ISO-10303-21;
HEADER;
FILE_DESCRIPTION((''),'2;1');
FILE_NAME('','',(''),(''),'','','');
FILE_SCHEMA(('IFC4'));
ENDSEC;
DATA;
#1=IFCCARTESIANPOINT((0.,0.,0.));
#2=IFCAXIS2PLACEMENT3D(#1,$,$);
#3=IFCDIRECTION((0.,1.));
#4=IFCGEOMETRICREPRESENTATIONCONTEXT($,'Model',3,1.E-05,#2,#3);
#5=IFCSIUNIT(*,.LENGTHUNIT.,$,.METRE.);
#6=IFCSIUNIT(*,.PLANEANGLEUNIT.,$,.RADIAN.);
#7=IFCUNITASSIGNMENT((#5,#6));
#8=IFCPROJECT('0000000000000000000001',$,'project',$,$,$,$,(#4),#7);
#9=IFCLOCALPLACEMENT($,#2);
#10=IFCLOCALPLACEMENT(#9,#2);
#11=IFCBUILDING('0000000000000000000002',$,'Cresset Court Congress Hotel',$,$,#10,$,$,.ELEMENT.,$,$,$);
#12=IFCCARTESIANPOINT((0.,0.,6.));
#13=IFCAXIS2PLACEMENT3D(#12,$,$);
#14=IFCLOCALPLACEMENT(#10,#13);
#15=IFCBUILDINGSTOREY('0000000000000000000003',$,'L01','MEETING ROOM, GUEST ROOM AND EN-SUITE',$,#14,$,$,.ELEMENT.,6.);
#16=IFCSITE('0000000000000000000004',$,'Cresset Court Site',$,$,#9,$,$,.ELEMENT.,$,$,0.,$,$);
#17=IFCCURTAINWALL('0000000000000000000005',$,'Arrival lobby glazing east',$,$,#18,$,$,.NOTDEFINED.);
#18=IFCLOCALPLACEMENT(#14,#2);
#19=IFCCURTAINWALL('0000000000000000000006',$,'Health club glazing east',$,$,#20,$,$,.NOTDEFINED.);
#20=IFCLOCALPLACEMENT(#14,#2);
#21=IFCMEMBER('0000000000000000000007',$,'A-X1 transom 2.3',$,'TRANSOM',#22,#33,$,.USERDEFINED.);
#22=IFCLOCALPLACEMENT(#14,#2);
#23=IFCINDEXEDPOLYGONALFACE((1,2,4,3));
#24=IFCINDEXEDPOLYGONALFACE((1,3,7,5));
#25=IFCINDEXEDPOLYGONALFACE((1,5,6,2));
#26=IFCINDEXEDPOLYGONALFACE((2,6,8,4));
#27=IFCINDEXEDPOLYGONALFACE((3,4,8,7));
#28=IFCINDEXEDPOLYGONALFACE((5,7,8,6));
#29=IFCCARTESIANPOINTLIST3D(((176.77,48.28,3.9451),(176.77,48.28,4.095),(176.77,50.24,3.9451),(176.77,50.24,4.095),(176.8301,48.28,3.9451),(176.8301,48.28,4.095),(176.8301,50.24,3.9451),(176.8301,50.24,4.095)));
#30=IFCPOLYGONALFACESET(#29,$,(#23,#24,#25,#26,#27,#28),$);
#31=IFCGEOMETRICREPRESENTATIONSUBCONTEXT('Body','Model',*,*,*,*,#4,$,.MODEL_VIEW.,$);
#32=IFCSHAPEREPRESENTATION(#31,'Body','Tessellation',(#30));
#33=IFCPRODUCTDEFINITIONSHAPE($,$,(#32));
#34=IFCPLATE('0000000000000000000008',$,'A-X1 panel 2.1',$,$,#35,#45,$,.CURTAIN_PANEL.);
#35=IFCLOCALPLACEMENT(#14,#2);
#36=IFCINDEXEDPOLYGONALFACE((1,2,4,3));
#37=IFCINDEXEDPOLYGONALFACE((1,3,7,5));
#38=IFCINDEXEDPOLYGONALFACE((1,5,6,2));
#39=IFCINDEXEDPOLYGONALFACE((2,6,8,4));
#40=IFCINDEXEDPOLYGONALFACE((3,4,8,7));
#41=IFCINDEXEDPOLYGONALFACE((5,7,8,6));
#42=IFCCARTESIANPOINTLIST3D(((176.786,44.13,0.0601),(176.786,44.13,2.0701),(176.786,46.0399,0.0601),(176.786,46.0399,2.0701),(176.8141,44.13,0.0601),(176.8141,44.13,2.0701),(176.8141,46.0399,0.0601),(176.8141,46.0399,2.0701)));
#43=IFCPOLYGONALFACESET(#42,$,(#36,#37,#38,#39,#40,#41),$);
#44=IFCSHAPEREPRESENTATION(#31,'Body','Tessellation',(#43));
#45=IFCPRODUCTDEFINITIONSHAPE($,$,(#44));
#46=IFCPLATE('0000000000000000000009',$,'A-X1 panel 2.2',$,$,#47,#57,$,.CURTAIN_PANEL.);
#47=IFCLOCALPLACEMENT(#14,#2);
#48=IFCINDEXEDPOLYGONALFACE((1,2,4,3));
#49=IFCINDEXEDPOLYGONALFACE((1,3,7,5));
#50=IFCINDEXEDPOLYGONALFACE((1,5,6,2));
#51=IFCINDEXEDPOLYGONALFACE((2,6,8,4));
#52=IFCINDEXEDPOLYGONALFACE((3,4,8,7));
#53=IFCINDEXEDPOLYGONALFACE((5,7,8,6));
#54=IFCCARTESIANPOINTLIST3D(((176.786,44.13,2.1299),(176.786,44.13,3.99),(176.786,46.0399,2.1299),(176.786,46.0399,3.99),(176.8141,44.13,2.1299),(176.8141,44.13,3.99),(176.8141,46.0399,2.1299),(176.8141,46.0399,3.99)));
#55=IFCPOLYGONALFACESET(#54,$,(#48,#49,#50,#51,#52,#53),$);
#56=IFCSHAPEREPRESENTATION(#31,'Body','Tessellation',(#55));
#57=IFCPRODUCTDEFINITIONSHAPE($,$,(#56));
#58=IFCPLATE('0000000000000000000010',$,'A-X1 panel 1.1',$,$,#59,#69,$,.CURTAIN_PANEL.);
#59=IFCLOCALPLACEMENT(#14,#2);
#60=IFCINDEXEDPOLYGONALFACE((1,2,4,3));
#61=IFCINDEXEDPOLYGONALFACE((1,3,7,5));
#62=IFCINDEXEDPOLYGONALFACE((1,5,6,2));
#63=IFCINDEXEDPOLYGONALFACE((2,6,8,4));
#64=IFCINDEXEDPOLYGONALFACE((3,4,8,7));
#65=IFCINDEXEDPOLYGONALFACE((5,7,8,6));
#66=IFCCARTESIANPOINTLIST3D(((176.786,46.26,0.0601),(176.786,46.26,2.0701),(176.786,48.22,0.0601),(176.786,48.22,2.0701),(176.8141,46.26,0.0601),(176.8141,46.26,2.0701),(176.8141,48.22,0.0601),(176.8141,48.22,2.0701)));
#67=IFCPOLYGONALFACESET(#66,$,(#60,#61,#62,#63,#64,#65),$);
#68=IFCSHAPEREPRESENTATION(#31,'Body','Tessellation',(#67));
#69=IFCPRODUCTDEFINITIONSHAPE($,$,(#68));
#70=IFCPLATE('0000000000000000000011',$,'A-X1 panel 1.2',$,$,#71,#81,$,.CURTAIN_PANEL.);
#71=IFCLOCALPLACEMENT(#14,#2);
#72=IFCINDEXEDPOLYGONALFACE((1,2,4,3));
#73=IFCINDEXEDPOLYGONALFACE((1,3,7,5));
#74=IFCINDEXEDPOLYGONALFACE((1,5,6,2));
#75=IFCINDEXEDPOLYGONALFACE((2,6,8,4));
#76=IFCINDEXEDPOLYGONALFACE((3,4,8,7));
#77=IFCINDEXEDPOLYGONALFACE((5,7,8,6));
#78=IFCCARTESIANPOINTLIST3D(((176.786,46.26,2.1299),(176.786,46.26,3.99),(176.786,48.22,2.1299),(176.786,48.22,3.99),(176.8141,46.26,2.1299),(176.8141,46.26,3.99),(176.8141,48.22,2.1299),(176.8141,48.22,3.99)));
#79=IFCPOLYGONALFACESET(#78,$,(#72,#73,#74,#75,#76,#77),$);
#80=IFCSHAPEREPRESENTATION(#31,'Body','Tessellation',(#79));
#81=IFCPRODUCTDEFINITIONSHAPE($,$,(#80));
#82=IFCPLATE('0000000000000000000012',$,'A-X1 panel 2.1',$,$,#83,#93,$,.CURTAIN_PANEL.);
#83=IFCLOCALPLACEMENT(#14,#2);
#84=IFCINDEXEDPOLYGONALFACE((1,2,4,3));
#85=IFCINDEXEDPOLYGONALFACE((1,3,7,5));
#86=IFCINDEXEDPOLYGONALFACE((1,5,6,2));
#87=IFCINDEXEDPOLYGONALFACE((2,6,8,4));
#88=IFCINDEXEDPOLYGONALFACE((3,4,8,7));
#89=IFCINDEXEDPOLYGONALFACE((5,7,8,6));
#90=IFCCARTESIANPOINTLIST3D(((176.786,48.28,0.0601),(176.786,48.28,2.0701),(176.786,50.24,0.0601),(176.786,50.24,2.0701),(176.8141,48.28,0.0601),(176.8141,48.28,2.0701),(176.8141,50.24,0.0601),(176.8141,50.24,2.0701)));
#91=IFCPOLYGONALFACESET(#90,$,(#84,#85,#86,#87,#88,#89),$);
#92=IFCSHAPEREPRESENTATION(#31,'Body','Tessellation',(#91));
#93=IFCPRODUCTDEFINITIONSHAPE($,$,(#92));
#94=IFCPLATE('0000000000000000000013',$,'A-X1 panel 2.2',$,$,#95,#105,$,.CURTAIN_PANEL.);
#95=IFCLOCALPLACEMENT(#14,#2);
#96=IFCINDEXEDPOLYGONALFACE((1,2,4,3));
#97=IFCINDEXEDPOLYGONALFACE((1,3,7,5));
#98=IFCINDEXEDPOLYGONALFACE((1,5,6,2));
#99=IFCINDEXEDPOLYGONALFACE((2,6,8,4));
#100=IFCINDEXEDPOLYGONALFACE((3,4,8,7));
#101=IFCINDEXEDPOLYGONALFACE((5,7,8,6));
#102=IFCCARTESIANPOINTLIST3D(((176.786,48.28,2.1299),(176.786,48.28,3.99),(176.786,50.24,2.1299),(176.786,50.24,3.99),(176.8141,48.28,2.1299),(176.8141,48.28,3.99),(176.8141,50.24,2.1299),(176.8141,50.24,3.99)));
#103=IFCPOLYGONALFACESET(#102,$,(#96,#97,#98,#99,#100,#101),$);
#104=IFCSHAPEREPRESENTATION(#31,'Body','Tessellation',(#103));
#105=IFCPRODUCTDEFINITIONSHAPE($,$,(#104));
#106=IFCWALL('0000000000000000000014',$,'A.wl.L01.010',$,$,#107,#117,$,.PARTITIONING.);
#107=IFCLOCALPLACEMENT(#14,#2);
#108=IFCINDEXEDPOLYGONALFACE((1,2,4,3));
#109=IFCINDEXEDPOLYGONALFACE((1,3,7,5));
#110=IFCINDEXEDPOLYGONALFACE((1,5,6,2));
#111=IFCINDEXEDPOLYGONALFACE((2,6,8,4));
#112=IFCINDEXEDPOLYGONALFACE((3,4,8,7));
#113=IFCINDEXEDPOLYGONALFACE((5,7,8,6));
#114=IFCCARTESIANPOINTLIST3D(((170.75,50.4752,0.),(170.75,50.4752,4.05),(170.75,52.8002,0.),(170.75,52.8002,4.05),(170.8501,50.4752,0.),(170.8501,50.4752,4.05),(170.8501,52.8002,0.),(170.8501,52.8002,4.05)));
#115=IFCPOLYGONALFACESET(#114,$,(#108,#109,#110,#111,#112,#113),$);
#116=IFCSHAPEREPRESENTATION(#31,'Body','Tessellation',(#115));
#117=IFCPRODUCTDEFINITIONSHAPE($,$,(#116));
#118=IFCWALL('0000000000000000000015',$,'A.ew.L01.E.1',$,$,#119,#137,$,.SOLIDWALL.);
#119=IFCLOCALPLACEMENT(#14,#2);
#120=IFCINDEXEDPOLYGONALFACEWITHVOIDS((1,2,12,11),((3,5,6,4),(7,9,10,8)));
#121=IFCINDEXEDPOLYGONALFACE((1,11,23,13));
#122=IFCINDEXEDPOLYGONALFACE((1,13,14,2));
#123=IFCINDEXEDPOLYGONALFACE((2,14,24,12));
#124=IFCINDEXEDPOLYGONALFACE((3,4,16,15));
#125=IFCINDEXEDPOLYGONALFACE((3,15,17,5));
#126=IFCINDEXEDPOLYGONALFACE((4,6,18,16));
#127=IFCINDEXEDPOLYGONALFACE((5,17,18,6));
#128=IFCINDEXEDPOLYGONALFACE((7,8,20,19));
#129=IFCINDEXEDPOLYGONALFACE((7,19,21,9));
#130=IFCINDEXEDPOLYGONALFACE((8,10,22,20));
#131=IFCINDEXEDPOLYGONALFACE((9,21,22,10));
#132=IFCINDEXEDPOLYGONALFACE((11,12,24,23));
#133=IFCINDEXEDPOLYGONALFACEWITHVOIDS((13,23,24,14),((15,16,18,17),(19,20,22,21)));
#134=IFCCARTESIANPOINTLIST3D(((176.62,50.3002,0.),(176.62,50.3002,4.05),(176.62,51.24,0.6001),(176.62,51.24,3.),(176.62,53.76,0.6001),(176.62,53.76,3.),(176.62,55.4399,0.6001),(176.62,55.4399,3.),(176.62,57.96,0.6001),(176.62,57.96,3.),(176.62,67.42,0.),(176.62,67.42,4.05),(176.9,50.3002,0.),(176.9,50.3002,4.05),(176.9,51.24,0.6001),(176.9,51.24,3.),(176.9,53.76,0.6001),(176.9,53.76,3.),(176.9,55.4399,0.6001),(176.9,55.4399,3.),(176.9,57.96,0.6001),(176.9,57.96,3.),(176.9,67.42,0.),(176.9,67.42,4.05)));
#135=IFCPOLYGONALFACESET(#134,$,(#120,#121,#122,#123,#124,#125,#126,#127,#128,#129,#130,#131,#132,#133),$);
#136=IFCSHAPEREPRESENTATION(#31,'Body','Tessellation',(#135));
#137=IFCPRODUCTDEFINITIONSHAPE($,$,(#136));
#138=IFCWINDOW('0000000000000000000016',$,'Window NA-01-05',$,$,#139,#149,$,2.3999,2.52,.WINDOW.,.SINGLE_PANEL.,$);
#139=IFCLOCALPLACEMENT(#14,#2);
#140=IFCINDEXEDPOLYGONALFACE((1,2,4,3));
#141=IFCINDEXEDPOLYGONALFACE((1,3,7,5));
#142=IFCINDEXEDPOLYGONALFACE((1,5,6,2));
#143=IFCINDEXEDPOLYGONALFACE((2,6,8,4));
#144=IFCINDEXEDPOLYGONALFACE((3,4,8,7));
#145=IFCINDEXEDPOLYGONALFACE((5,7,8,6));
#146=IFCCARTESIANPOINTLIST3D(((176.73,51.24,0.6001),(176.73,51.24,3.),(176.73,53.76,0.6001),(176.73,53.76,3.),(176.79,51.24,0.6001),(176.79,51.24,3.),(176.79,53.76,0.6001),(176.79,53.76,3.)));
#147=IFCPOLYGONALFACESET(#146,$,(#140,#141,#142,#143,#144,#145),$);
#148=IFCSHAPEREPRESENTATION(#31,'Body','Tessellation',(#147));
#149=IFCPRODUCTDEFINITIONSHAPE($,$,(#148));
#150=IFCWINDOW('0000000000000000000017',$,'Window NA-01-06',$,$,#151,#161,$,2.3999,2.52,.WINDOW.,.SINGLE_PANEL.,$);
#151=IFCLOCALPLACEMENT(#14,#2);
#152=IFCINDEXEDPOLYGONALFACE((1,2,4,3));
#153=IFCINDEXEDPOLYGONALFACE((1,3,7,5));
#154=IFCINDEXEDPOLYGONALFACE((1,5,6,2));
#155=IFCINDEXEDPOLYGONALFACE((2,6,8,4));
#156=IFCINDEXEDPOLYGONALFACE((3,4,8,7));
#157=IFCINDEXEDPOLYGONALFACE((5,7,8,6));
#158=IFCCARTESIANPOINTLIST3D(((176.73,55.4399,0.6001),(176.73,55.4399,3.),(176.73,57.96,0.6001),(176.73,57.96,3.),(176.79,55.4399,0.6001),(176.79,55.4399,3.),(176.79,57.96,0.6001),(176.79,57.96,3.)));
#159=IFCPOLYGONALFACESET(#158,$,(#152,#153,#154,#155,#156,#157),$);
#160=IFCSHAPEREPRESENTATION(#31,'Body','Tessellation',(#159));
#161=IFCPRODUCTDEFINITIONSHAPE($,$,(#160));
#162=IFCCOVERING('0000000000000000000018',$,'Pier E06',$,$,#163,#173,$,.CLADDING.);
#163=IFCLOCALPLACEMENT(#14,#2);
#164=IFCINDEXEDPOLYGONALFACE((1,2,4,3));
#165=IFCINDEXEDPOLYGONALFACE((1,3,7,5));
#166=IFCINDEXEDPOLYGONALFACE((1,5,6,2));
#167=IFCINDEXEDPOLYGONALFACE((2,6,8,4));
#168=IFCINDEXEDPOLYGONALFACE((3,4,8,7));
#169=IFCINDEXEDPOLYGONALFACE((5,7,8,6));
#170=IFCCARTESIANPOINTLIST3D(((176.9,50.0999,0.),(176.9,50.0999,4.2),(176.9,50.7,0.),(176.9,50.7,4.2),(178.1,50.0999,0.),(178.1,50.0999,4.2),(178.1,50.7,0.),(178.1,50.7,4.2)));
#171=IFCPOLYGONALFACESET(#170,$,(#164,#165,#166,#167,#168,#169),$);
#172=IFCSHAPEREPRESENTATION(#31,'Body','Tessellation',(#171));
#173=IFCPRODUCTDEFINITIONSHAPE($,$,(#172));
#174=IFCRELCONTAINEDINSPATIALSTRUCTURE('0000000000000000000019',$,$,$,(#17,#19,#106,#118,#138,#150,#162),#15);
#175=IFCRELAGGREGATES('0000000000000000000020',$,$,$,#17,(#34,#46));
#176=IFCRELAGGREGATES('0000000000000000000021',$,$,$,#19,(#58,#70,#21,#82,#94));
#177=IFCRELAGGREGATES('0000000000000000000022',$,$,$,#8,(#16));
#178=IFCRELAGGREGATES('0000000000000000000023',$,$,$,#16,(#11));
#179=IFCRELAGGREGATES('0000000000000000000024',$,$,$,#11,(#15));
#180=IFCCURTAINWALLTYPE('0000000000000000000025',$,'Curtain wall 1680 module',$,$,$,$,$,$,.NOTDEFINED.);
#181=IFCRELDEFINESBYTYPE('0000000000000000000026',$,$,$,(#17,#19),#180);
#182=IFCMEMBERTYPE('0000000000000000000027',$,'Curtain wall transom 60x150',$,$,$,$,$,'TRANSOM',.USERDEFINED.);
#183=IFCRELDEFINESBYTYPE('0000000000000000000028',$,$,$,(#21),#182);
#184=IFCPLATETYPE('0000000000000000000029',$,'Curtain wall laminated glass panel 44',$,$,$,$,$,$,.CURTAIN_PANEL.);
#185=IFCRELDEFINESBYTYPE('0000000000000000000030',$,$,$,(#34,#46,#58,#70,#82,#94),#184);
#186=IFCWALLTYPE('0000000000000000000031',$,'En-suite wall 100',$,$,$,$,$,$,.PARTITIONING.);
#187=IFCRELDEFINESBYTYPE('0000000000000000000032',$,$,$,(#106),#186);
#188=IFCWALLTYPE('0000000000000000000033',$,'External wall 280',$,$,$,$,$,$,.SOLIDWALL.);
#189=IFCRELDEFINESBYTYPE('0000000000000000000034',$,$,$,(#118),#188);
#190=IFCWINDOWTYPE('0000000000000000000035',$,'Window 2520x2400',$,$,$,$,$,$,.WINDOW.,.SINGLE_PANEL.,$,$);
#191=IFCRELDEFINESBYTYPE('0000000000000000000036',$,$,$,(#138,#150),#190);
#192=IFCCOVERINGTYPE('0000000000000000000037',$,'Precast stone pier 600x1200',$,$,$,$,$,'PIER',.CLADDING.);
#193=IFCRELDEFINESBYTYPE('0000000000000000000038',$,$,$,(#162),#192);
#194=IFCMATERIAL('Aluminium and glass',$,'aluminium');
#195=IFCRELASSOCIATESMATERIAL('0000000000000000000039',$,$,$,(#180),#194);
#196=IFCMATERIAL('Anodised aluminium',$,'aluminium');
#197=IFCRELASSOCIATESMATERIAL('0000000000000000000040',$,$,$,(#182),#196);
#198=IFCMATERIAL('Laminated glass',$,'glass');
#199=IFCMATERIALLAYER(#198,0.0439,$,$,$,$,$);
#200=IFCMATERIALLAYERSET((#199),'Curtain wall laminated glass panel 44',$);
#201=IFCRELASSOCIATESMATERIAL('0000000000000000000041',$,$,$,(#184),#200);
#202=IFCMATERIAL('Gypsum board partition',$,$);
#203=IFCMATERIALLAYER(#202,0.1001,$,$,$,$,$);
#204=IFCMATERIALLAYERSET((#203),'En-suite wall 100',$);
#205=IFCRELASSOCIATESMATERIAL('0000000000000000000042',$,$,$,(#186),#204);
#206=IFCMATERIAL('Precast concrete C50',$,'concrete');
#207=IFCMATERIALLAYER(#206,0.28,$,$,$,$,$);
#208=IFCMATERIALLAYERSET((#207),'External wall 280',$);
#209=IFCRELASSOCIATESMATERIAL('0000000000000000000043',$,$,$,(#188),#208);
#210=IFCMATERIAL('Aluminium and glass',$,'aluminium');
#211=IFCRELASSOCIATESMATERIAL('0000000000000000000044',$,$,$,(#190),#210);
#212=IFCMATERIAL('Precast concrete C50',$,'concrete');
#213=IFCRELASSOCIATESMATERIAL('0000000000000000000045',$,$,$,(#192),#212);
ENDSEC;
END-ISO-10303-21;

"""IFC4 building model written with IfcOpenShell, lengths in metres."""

from ifc_helpers import new_model, si_unit, direction, frame, frame_2d, origin, origin_2d, place, context, subcontext, project, spatial, rectangle, extrude, material, layer, layer_set, material_profile, profile_set, type_object, element, fill, aggregate, save


model = new_model("IFC4")

# Units and contexts
model_context = context("Model", 3, precision=1e-05, world=origin(), true_north=direction((0.0, 1.0)))
body_context = subcontext(model_context, "Body", "Model", "MODEL_VIEW")
ifc_project = project(units=[si_unit("LENGTHUNIT", "METRE"), si_unit("PLANEANGLEUNIT", "RADIAN")], contexts=[model_context])

# Site, building, storey
site_placement = place(None, origin())
site = spatial("IfcSite", under=ifc_project, at=site_placement, Name="Cresset Court Site", CompositionType="ELEMENT", RefElevation=0.0)
building_placement = place(site_placement, origin())
building = spatial("IfcBuilding", under=site, at=building_placement, Name="Cresset Court Congress Hotel", CompositionType="ELEMENT")
storey_placement = place(building_placement, frame((0.0, 0.0, 6.0)))
storey = spatial("IfcBuildingStorey", under=building, at=storey_placement, Name="L01", Description="MEETING ROOM, GUEST ROOM AND EN-SUITE", CompositionType="ELEMENT", Elevation=6.0)

# Curtain wall
ifc_material_1 = material(Name="Aluminium and glass", Category="aluminium")
curtain_wall_type = type_object("IfcCurtainWallType", Name="Curtain wall 1680 module", PredefinedType="NOTDEFINED", material=ifc_material_1)
curtain_wall_1_placement = place(storey_placement, origin())
curtain_wall_1 = element("IfcCurtainWall", 1, at=curtain_wall_1_placement, inside=storey, type_object=curtain_wall_type, Name="Arrival lobby glazing east", PredefinedType="NOTDEFINED")

# Curtain wall
curtain_wall_2_placement = place(storey_placement, origin())
curtain_wall_2 = element("IfcCurtainWall", 2, at=curtain_wall_2_placement, inside=storey, type_object=curtain_wall_type, Name="Health club glazing east", PredefinedType="NOTDEFINED")

# Member
ifc_material_2 = material(Name="Anodised aluminium", Category="aluminium")
ifc_material_profile_1 = material_profile(ifc_material_2, rectangle(XDim=0.0601, YDim=0.1499, at=origin_2d()), Name="RECT60x150")
ifc_profile_set_1 = profile_set([ifc_material_profile_1], Name="Anodised aluminium")
member_type_1 = type_object("IfcMemberType", Name="Curtain wall transom 60x150", ElementType="TRANSOM", PredefinedType="USERDEFINED", material=ifc_profile_set_1)
member_1_placement = place(storey_placement, frame((176.8, 48.28, 4.02), z_axis=(0.0, 1.0, 0.0), x_axis=(-1.0, 0.0, 0.0)))
member_1 = element("IfcMember", 3, at=member_1_placement, type_object=member_type_1, Name="A-X1 transom 2.3", ObjectType="TRANSOM", PredefinedType="USERDEFINED", context=body_context, shape_type="SweptSolid", body=[
    extrude(rectangle(XDim=0.0601, YDim=0.1499, at=origin_2d()), origin(), (0.0, 0.0, 1.0), 1.96),
])

# Plates
ifc_material_3 = material(Name="Laminated glass", Category="glass")
ifc_layer_1 = layer(ifc_material_3, 0.0439)
ifc_layer_set_1 = layer_set([ifc_layer_1], Name="Curtain wall laminated glass panel 44")
plate_type = type_object("IfcPlateType", Name="Curtain wall laminated glass panel 44", PredefinedType="CURTAIN_PANEL", material=ifc_layer_set_1)
plate_1_placement = place(storey_placement, frame((176.8, 45.085, 0.0601), z_axis=(0.0, 0.0, 1.0), x_axis=(0.0, 1.0, 0.0)))
plate_1 = element("IfcPlate", 4, at=plate_1_placement, type_object=plate_type, Name="A-X1 panel 2.1", PredefinedType="CURTAIN_PANEL", context=body_context, shape_type="SweptSolid", body=[
    extrude(rectangle(XDim=1.9099, YDim=0.0281, at=origin_2d()), origin(), (0.0, 0.0, 1.0), 2.01),
])
plate_2_placement = place(storey_placement, frame((176.8, 45.085, 2.1299), z_axis=(0.0, 0.0, 1.0), x_axis=(0.0, 1.0, 0.0)))
plate_2 = element("IfcPlate", 5, at=plate_2_placement, type_object=plate_type, Name="A-X1 panel 2.2", PredefinedType="CURTAIN_PANEL", context=body_context, shape_type="SweptSolid", body=[
    extrude(rectangle(XDim=1.9099, YDim=0.0281, at=origin_2d()), origin(), (0.0, 0.0, 1.0), 1.8601),
])
aggregate(curtain_wall_1, [plate_1, plate_2])
plate_3_placement = place(storey_placement, frame((176.8, 47.24, 0.0601), z_axis=(0.0, 0.0, 1.0), x_axis=(0.0, 1.0, 0.0)))
plate_3 = element("IfcPlate", 6, at=plate_3_placement, type_object=plate_type, Name="A-X1 panel 1.1", PredefinedType="CURTAIN_PANEL", context=body_context, shape_type="SweptSolid", body=[
    extrude(rectangle(XDim=1.96, YDim=0.0281, at=origin_2d()), origin(), (0.0, 0.0, 1.0), 2.01),
])
plate_4_placement = place(storey_placement, frame((176.8, 47.24, 2.1299), z_axis=(0.0, 0.0, 1.0), x_axis=(0.0, 1.0, 0.0)))
plate_4 = element("IfcPlate", 7, at=plate_4_placement, type_object=plate_type, Name="A-X1 panel 1.2", PredefinedType="CURTAIN_PANEL", context=body_context, shape_type="SweptSolid", body=[
    extrude(rectangle(XDim=1.96, YDim=0.0281, at=origin_2d()), origin(), (0.0, 0.0, 1.0), 1.8601),
])
plate_5_placement = place(storey_placement, frame((176.8, 49.26, 0.0601), z_axis=(0.0, 0.0, 1.0), x_axis=(0.0, 1.0, 0.0)))
plate_5 = element("IfcPlate", 8, at=plate_5_placement, type_object=plate_type, Name="A-X1 panel 2.1", PredefinedType="CURTAIN_PANEL", context=body_context, shape_type="SweptSolid", body=[
    extrude(rectangle(XDim=1.96, YDim=0.0281, at=origin_2d()), origin(), (0.0, 0.0, 1.0), 2.01),
])
plate_6_placement = place(storey_placement, frame((176.8, 49.26, 2.1299), z_axis=(0.0, 0.0, 1.0), x_axis=(0.0, 1.0, 0.0)))
plate_6 = element("IfcPlate", 9, at=plate_6_placement, type_object=plate_type, Name="A-X1 panel 2.2", PredefinedType="CURTAIN_PANEL", context=body_context, shape_type="SweptSolid", body=[
    extrude(rectangle(XDim=1.96, YDim=0.0281, at=origin_2d()), origin(), (0.0, 0.0, 1.0), 1.8601),
])
aggregate(curtain_wall_2, [plate_3, plate_4, member_1, plate_5, plate_6])

# Wall
ifc_material_4 = material(Name="Gypsum board partition")
ifc_layer_2 = layer(ifc_material_4, 0.1001)
ifc_layer_set_2 = layer_set([ifc_layer_2], Name="En-suite wall 100")
wall_type_1 = type_object("IfcWallType", Name="En-suite wall 100", PredefinedType="PARTITIONING", material=ifc_layer_set_2)
wall_1_placement = place(storey_placement, frame((170.8, 50.4751, 0.0), z_axis=(0.0, 0.0, 1.0), x_axis=(0.0, 1.0, 0.0)))
element("IfcWall", 10, at=wall_1_placement, inside=storey, type_object=wall_type_1, Name="A.wl.L01.010", PredefinedType="PARTITIONING", context=body_context, shape_type="SweptSolid", body=[
    extrude(rectangle(XDim=2.325, YDim=0.1001, at=frame_2d((1.1626, 0.0))), origin(), (0.0, 0.0, 1.0), 4.05),
])

# Wall, openings, windows
ifc_material_5 = material(Name="Precast concrete C50", Category="concrete")
ifc_layer_3 = layer(ifc_material_5, 0.28)
ifc_layer_set_3 = layer_set([ifc_layer_3], Name="External wall 280")
wall_type_2 = type_object("IfcWallType", Name="External wall 280", PredefinedType="SOLIDWALL", material=ifc_layer_set_3)
wall_2_placement = place(storey_placement, frame((176.76, 50.3, 0.0), z_axis=(0.0, 0.0, 1.0), x_axis=(0.0, 1.0, 0.0)))
wall_2 = element("IfcWall", 11, at=wall_2_placement, inside=storey, type_object=wall_type_2, Name="A.ew.L01.E.1", PredefinedType="SOLIDWALL", context=body_context, shape_type="SweptSolid", body=[
    extrude(rectangle(XDim=17.1199, YDim=0.28, at=frame_2d((8.5601, 0.0))), origin(), (0.0, 0.0, 1.0), 4.05),
])
opening_1_placement = place(wall_2_placement, frame((0.9399, 0.0, 0.6001)))
opening_1 = element("IfcOpeningElement", 12, at=opening_1_placement, cuts=wall_2, PredefinedType="OPENING", context=body_context, shape_type="SweptSolid", body=[
    extrude(rectangle(XDim=2.52, YDim=2.3999, at=frame_2d((1.26, 1.2))), frame((0.0, 0.1499, 0.0), z_axis=(0.0, -1.0, 0.0), x_axis=(1.0, 0.0, 0.0)), (0.0, 0.0, 1.0), 0.3),
])
opening_2_placement = place(wall_2_placement, frame((5.1399, 0.0, 0.6001)))
opening_2 = element("IfcOpeningElement", 13, at=opening_2_placement, cuts=wall_2, PredefinedType="OPENING", context=body_context, shape_type="SweptSolid", body=[
    extrude(rectangle(XDim=2.52, YDim=2.3999, at=frame_2d((1.26, 1.2))), frame((0.0, 0.1499, 0.0), z_axis=(0.0, -1.0, 0.0), x_axis=(1.0, 0.0, 0.0)), (0.0, 0.0, 1.0), 0.3),
])
ifc_material_6 = material(Name="Aluminium and glass", Category="aluminium")
window_type = type_object("IfcWindowType", Name="Window 2520x2400", PartitioningType="SINGLE_PANEL", PredefinedType="WINDOW", material=ifc_material_6)
window_1_placement = place(opening_1_placement, origin())
window_1 = element("IfcWindow", 14, at=window_1_placement, inside=storey, type_object=window_type, Name="Window NA-01-05", OverallHeight=2.3999, OverallWidth=2.52, PartitioningType="SINGLE_PANEL", PredefinedType="WINDOW", context=body_context, shape_type="SweptSolid", body=[
    extrude(rectangle(XDim=2.52, YDim=2.3999, at=frame_2d((1.26, 1.2))), frame((0.0, 0.03, 0.0), z_axis=(0.0, -1.0, 0.0), x_axis=(1.0, 0.0, 0.0)), (0.0, 0.0, 1.0), 0.0601),
])
fill(opening_1, window_1)
window_2_placement = place(opening_2_placement, origin())
window_2 = element("IfcWindow", 15, at=window_2_placement, inside=storey, type_object=window_type, Name="Window NA-01-06", OverallHeight=2.3999, OverallWidth=2.52, PartitioningType="SINGLE_PANEL", PredefinedType="WINDOW", context=body_context, shape_type="SweptSolid", body=[
    extrude(rectangle(XDim=2.52, YDim=2.3999, at=frame_2d((1.26, 1.2))), frame((0.0, 0.03, 0.0), z_axis=(0.0, -1.0, 0.0), x_axis=(1.0, 0.0, 0.0)), (0.0, 0.0, 1.0), 0.0601),
])
fill(opening_2, window_2)

# Covering
ifc_material_7 = material(Name="Precast concrete C50", Category="concrete")
covering_type = type_object("IfcCoveringType", Name="Precast stone pier 600x1200", ElementType="PIER", PredefinedType="CLADDING", material=ifc_material_7)
covering_placement = place(storey_placement, frame((177.5, 50.3999, 0.0), z_axis=(0.0, 0.0, 1.0), x_axis=(1.0, 0.0, 0.0)))
element("IfcCovering", 16, at=covering_placement, inside=storey, type_object=covering_type, Name="Pier E06", PredefinedType="CLADDING", context=body_context, shape_type="SweptSolid", body=[
    extrude(rectangle(XDim=1.2, YDim=0.6001, at=origin_2d()), origin(), (0.0, 0.0, 1.0), 4.2),
])

save(model, "model.ifc")
